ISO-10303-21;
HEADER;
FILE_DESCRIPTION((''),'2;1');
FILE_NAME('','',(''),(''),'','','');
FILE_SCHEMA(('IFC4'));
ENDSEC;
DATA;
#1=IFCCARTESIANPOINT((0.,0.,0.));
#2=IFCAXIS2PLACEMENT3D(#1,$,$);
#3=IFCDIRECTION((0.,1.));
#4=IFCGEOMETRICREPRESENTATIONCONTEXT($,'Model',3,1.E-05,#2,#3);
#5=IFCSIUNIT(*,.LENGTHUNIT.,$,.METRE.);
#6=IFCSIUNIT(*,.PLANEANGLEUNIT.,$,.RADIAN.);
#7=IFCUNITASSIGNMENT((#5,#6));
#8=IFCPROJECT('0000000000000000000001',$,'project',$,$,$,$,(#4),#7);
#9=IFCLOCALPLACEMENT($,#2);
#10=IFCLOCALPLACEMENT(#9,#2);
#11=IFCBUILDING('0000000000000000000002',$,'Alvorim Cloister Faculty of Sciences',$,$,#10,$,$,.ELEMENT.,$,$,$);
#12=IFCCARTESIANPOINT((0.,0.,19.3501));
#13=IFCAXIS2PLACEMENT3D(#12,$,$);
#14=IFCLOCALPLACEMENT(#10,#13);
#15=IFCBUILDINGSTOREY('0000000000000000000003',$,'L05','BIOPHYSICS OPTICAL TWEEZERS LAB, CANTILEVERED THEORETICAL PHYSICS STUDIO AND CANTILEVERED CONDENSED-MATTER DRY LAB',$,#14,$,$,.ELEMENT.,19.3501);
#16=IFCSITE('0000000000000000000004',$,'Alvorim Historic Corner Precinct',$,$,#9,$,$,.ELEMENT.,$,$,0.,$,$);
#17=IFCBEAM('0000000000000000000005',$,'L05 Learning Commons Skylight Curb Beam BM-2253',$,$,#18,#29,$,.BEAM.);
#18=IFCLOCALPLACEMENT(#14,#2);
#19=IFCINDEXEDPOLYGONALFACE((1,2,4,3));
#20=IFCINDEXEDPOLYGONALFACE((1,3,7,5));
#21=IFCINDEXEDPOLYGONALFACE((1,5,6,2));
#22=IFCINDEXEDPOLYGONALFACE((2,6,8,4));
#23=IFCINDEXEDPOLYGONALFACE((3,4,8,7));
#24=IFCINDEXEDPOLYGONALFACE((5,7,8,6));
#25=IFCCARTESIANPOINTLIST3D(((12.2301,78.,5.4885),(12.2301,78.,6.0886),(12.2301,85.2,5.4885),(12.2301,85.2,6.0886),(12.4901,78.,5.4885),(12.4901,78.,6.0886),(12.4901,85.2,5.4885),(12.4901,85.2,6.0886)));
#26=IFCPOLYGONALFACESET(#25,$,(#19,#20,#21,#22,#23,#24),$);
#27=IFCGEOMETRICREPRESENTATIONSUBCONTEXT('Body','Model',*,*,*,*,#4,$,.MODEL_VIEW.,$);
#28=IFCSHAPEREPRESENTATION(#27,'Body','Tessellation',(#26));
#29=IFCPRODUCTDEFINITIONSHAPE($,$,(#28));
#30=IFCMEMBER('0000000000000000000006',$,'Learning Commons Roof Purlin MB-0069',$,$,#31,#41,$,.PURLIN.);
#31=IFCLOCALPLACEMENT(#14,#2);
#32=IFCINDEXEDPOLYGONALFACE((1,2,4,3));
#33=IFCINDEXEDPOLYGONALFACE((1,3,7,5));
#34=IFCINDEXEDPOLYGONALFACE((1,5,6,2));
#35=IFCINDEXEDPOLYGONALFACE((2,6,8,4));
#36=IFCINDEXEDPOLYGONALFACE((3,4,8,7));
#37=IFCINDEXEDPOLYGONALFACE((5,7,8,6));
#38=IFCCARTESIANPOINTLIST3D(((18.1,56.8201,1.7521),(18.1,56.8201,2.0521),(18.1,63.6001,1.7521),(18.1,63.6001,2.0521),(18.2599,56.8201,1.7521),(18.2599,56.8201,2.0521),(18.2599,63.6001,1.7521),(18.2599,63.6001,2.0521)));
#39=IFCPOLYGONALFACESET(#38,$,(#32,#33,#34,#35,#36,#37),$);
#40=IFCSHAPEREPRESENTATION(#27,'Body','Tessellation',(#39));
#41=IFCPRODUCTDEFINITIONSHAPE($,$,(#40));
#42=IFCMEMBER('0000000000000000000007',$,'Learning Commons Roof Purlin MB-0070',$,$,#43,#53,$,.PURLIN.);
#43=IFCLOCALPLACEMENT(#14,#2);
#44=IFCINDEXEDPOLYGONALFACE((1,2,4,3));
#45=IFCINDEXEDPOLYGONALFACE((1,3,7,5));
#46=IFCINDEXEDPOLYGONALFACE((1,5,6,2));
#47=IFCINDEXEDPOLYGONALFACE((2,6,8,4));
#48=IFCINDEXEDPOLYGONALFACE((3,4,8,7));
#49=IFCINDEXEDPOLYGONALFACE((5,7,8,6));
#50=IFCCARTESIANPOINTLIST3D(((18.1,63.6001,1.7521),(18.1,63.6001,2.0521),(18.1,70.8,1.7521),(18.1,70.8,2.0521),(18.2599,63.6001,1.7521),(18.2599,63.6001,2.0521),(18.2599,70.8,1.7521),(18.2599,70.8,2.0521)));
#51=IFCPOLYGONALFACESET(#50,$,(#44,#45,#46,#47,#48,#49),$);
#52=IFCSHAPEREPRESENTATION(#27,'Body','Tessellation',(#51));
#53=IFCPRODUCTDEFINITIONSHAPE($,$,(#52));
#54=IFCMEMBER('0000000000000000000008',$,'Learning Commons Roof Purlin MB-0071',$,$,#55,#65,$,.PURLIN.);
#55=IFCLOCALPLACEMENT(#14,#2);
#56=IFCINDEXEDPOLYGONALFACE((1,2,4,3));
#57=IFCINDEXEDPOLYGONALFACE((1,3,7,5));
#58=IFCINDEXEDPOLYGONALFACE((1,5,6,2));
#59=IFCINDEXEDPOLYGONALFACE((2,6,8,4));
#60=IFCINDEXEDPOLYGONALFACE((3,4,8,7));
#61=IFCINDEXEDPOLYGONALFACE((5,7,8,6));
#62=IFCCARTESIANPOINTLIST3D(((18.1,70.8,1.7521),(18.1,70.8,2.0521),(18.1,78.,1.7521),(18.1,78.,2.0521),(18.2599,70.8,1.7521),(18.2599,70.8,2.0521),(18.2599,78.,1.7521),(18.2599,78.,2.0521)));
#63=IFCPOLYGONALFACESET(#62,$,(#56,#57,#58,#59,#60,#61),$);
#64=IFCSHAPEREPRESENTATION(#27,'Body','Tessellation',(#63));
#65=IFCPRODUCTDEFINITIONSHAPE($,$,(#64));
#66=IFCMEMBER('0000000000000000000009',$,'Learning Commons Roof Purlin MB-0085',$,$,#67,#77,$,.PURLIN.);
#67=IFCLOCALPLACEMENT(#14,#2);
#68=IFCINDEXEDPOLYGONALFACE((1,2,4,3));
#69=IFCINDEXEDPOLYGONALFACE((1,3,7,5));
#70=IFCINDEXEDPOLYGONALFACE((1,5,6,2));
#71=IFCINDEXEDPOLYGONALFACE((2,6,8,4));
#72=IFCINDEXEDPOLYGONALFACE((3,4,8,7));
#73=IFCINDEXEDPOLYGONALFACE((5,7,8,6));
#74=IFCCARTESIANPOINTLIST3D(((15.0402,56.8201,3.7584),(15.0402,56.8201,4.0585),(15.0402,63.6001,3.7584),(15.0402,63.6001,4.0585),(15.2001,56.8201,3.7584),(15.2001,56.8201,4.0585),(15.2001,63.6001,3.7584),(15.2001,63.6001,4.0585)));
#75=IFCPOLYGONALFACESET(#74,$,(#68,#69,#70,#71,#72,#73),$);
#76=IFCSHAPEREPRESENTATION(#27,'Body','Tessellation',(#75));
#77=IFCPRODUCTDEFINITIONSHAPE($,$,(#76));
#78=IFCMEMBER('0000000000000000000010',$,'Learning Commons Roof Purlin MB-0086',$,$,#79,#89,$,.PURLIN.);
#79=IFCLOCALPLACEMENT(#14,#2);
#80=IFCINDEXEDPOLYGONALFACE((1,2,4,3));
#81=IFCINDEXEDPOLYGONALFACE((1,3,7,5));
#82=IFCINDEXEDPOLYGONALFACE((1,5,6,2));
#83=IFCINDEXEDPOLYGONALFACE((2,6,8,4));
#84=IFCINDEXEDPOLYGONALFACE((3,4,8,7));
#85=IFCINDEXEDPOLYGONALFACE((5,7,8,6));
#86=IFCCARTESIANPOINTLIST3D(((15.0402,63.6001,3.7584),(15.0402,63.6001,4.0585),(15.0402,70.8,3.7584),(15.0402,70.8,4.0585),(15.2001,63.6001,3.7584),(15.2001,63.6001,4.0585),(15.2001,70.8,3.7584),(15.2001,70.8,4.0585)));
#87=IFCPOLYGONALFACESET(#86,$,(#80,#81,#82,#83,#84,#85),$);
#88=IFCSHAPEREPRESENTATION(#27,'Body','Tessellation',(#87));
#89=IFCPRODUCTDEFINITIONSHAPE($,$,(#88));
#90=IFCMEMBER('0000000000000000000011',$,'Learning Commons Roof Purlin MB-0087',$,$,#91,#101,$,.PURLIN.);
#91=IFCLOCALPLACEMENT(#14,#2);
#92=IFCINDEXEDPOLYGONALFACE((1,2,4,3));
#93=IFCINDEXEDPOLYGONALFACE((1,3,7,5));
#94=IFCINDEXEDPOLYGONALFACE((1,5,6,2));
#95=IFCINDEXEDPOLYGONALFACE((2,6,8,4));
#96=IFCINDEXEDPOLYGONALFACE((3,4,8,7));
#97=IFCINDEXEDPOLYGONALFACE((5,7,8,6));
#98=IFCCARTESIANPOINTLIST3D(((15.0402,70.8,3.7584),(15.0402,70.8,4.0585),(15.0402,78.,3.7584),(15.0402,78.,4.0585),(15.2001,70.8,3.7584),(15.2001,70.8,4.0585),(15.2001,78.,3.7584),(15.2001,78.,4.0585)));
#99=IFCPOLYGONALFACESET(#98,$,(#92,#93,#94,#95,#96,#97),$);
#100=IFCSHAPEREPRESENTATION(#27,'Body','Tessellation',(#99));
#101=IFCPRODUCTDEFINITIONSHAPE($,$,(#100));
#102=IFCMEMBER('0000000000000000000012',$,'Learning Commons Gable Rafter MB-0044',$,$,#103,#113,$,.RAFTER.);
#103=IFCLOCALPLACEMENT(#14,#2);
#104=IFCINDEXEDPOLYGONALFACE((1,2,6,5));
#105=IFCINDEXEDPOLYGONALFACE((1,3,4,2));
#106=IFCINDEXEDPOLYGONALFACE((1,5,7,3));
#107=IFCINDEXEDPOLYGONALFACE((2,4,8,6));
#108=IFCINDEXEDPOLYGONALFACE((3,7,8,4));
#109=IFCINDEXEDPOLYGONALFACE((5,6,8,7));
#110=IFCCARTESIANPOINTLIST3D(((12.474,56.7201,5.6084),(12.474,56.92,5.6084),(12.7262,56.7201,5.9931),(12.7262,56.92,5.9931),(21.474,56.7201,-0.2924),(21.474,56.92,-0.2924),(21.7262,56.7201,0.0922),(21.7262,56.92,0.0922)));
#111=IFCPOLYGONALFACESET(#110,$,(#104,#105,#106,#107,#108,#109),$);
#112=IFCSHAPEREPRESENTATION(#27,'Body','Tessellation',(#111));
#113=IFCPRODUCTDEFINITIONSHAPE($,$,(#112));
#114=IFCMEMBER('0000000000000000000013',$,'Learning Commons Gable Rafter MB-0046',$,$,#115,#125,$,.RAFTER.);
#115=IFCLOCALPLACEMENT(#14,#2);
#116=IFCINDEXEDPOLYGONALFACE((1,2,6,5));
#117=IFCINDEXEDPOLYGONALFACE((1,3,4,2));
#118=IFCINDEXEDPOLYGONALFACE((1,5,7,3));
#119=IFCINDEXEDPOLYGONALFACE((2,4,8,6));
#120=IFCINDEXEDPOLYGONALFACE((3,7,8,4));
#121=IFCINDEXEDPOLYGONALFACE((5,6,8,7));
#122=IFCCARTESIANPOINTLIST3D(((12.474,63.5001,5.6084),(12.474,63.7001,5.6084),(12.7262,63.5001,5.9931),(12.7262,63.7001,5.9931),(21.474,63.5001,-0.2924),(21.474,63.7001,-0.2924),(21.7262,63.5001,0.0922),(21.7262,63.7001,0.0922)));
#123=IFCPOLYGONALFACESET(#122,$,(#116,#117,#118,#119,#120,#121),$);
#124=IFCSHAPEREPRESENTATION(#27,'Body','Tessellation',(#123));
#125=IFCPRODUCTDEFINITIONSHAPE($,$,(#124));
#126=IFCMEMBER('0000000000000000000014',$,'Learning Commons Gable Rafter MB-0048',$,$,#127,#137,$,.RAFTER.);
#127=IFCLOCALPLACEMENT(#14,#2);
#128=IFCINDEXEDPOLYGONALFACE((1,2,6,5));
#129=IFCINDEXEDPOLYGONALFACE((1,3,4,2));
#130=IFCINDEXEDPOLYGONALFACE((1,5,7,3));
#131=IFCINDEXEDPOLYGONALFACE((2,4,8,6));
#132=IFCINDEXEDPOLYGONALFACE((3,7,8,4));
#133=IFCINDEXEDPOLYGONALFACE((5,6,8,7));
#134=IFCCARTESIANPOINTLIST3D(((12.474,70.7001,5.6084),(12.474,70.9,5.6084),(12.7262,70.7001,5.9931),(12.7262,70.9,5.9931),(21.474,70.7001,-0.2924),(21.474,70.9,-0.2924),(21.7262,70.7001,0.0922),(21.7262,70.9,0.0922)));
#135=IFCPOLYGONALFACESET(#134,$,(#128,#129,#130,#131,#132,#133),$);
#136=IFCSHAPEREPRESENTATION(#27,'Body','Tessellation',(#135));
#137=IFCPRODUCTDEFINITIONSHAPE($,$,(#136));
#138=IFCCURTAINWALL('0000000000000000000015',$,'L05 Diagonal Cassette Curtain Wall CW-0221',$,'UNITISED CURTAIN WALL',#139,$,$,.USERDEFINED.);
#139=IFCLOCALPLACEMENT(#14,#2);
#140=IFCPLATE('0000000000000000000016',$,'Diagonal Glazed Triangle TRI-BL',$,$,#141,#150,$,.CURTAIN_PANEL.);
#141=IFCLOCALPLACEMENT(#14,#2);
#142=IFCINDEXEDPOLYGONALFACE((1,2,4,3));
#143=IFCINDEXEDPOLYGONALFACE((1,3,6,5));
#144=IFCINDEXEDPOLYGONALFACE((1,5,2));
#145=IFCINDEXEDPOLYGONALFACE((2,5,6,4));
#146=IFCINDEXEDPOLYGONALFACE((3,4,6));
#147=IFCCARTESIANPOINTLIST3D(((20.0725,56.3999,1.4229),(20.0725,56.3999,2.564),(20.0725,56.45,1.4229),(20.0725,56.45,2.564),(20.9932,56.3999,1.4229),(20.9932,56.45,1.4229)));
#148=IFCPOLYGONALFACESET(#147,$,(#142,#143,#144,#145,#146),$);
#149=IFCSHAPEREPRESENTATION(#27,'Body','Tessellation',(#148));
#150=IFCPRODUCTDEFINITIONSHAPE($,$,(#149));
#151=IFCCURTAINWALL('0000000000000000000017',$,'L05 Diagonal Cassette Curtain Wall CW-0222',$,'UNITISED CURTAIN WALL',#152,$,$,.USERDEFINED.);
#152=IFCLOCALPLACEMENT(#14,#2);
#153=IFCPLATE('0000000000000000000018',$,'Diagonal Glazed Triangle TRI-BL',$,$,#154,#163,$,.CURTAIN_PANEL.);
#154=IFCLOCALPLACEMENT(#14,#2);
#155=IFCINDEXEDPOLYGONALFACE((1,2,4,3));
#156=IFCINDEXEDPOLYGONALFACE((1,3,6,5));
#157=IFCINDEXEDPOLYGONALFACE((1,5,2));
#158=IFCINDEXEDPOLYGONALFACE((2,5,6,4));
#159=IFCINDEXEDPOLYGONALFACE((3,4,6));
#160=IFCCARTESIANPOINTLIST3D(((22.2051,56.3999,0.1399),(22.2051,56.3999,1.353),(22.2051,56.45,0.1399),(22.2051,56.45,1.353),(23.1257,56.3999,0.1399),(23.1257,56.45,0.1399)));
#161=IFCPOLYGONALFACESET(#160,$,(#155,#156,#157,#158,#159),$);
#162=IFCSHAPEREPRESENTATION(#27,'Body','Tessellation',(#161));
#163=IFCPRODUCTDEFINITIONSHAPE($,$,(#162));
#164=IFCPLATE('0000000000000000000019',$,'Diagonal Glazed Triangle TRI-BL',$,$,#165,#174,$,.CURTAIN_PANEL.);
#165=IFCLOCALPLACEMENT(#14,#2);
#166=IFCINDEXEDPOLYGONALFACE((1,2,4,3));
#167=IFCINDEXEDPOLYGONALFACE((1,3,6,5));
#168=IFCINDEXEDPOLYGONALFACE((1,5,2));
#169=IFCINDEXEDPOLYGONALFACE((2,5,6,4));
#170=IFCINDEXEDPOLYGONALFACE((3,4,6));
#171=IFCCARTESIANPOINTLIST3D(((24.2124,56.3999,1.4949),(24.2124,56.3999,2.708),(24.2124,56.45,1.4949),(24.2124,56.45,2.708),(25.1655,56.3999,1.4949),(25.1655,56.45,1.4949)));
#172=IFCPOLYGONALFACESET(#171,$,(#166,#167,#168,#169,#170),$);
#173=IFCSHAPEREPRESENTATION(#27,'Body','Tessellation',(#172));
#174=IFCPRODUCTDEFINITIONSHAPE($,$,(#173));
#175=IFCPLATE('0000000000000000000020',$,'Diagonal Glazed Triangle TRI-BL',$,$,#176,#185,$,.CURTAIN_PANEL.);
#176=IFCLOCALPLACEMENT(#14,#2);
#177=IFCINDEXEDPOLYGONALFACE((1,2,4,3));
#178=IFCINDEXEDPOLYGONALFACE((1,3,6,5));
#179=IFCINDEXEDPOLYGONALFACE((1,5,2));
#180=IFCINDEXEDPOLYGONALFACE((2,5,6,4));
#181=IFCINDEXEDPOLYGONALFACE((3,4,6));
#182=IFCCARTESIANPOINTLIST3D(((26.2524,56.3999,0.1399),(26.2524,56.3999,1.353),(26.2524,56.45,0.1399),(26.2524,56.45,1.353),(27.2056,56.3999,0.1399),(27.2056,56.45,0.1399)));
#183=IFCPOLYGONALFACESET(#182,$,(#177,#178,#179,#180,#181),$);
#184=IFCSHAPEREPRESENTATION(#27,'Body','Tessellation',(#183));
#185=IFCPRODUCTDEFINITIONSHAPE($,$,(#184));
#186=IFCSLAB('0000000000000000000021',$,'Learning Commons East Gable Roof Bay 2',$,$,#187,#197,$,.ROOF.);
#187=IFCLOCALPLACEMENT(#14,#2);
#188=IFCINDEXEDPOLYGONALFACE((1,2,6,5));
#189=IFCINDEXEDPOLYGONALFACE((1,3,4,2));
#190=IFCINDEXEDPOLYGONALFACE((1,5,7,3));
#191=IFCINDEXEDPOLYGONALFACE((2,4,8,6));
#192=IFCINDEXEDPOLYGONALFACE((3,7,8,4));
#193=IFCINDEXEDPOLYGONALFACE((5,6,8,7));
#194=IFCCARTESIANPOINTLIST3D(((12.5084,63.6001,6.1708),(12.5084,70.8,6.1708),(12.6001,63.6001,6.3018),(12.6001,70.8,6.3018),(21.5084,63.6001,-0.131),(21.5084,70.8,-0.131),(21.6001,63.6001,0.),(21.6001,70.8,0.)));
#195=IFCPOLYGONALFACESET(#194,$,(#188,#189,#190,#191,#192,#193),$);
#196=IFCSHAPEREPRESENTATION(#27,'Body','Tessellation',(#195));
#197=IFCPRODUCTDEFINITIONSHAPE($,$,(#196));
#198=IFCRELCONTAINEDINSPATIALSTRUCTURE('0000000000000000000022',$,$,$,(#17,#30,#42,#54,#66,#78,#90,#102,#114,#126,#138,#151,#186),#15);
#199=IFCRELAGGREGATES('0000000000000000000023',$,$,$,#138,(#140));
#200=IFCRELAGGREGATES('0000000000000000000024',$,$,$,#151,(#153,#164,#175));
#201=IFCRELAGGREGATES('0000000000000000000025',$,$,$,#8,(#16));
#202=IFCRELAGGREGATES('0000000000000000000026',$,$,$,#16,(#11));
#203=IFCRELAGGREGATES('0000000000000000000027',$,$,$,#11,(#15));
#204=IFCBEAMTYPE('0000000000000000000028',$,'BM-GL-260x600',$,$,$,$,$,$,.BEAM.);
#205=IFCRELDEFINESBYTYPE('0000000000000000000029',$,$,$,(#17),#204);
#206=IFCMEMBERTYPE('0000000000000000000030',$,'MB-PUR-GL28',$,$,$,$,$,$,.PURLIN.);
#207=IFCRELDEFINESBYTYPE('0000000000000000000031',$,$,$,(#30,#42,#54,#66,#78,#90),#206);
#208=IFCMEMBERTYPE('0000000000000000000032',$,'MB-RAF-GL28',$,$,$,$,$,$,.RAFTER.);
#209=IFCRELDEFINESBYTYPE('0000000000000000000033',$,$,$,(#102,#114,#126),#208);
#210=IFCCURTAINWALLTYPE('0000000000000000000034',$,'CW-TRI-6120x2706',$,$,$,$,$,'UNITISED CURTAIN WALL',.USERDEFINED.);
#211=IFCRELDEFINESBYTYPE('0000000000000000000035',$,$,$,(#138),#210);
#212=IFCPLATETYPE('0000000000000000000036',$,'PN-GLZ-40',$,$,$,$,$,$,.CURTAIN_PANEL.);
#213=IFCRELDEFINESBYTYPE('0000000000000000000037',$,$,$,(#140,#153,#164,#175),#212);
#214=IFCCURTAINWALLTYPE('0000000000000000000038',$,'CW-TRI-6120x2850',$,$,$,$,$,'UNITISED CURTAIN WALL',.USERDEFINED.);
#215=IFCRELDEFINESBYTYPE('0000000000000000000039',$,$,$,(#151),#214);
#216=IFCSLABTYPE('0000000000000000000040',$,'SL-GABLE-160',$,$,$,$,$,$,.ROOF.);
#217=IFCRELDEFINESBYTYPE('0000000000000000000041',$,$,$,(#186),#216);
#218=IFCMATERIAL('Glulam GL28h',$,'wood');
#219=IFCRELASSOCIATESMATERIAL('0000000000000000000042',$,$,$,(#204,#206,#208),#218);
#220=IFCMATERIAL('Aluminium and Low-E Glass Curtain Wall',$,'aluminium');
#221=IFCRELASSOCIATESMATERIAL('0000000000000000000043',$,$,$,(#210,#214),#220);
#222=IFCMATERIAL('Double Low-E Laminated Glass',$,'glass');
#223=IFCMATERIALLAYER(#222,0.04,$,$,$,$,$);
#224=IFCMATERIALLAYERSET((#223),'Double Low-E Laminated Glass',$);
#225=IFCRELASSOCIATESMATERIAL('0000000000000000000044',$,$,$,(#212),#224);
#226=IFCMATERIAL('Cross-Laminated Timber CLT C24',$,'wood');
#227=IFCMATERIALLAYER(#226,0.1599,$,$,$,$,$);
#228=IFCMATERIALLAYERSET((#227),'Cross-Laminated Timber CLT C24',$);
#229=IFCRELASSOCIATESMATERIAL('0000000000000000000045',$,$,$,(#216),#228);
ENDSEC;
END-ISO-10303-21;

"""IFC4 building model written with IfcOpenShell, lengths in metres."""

from ifc_helpers import new_model, si_unit, direction, frame, origin, origin_2d, place, context, subcontext, project, spatial, polyline, rectangle, outline, extrude, material, layer, layer_set, material_profile, profile_set, type_object, element, aggregate, save


model = new_model("IFC4")

# Units and contexts
model_context = context("Model", 3, precision=1e-05, world=origin(), true_north=direction((0.0, 1.0)))
body_context = subcontext(model_context, "Body", "Model", "MODEL_VIEW")
ifc_project = project(units=[si_unit("LENGTHUNIT", "METRE"), si_unit("PLANEANGLEUNIT", "RADIAN")], contexts=[model_context])

# Site, building, storey
site_placement = place(None, origin())
site = spatial("IfcSite", under=ifc_project, at=site_placement, Name="Alvorim Historic Corner Precinct", CompositionType="ELEMENT", RefElevation=0.0)
building_placement = place(site_placement, origin())
building = spatial("IfcBuilding", under=site, at=building_placement, Name="Alvorim Cloister Faculty of Sciences", CompositionType="ELEMENT")
storey_placement = place(building_placement, frame((0.0, 0.0, 19.3501)))
storey = spatial("IfcBuildingStorey", under=building, at=storey_placement, Name="L05", Description="BIOPHYSICS OPTICAL TWEEZERS LAB, CANTILEVERED THEORETICAL PHYSICS STUDIO AND CANTILEVERED CONDENSED-MATTER DRY LAB", CompositionType="ELEMENT", Elevation=19.3501)

# Beam
ifc_material_1 = material(Name="Glulam GL28h", Category="wood")
ifc_material_profile_1 = material_profile(ifc_material_1, rectangle(XDim=0.26, YDim=0.6001, at=origin_2d()), Name="GL28-BM-260x600")
ifc_profile_set_1 = profile_set([ifc_material_profile_1], Name="Glulam GL28h")
beam_type = type_object("IfcBeamType", Name="BM-GL-260x600", PredefinedType="BEAM", material=ifc_profile_set_1)
beam_placement = place(storey_placement, frame((12.3601, 78.0, 5.7886), z_axis=(0.0, 1.0, 0.0), x_axis=(-1.0, 0.0, 0.0)))
element("IfcBeam", 1, at=beam_placement, inside=storey, type_object=beam_type, Name="L05 Learning Commons Skylight Curb Beam BM-2253", PredefinedType="BEAM", context=body_context, shape_type="SweptSolid", body=[
    extrude(rectangle(XDim=0.26, YDim=0.6001, at=origin_2d()), origin(), (0.0, 0.0, 1.0), 7.2),
])

# Members
ifc_material_profile_2 = material_profile(ifc_material_1, rectangle(XDim=0.1599, YDim=0.3, at=origin_2d()), Name="GL28-PUR-160x300")
ifc_profile_set_2 = profile_set([ifc_material_profile_2], Name="Glulam GL28h")
member_type_1 = type_object("IfcMemberType", Name="MB-PUR-GL28", PredefinedType="PURLIN", material=ifc_profile_set_2)
member_1_placement = place(storey_placement, frame((18.1799, 56.8201, 1.9021), z_axis=(0.0, 1.0, 0.0), x_axis=(-1.0, 0.0, 0.0)))
element("IfcMember", 2, at=member_1_placement, inside=storey, type_object=member_type_1, Name="Learning Commons Roof Purlin MB-0069", PredefinedType="PURLIN", context=body_context, shape_type="SweptSolid", body=[
    extrude(rectangle(XDim=0.1599, YDim=0.3, at=origin_2d()), origin(), (0.0, 0.0, 1.0), 6.78),
])
for number, where, z_axis, x_axis, name in (
    (3, (18.1799, 63.6001, 1.9021), (0.0, 1.0, 0.0), (-1.0, 0.0, 0.0), "Learning Commons Roof Purlin MB-0070"),
    (4, (18.1799, 70.8, 1.9021), (0.0, 1.0, 0.0), (-1.0, 0.0, 0.0), "Learning Commons Roof Purlin MB-0071"),
):
    element("IfcMember", number, at=place(storey_placement, frame(where, z_axis=z_axis, x_axis=x_axis)), inside=storey, type_object=member_type_1, Name=name, PredefinedType="PURLIN", context=body_context, shape_type="SweptSolid", body=[
        extrude(rectangle(XDim=0.1599, YDim=0.3, at=origin_2d()), origin(), (0.0, 0.0, 1.0), 7.2),
    ])
member_2_placement = place(storey_placement, frame((15.1201, 56.8201, 3.9084), z_axis=(0.0, 1.0, 0.0), x_axis=(-1.0, 0.0, 0.0)))
element("IfcMember", 5, at=member_2_placement, inside=storey, type_object=member_type_1, Name="Learning Commons Roof Purlin MB-0085", PredefinedType="PURLIN", context=body_context, shape_type="SweptSolid", body=[
    extrude(rectangle(XDim=0.1599, YDim=0.3, at=origin_2d()), origin(), (0.0, 0.0, 1.0), 6.78),
])
for number, where, z_axis, x_axis, name in (
    (6, (15.1201, 63.6001, 3.9084), (0.0, 1.0, 0.0), (-1.0, 0.0, 0.0), "Learning Commons Roof Purlin MB-0086"),
    (7, (15.1201, 70.8, 3.9084), (0.0, 1.0, 0.0), (-1.0, 0.0, 0.0), "Learning Commons Roof Purlin MB-0087"),
):
    element("IfcMember", number, at=place(storey_placement, frame(where, z_axis=z_axis, x_axis=x_axis)), inside=storey, type_object=member_type_1, Name=name, PredefinedType="PURLIN", context=body_context, shape_type="SweptSolid", body=[
        extrude(rectangle(XDim=0.1599, YDim=0.3, at=origin_2d()), origin(), (0.0, 0.0, 1.0), 7.2),
    ])
ifc_material_profile_3 = material_profile(ifc_material_1, rectangle(XDim=0.2, YDim=0.46, at=origin_2d()), Name="GL28-RAF-200x460")
ifc_profile_set_3 = profile_set([ifc_material_profile_3], Name="Glulam GL28h")
member_type_2 = type_object("IfcMemberType", Name="MB-RAF-GL28", PredefinedType="RAFTER", material=ifc_profile_set_3)
for number, where, z_axis, x_axis, name in (
    (8, (21.6001, 56.8201, -0.1001), (-0.836277, 0.0, 0.548308), (0.0, -1.0, 0.0), "Learning Commons Gable Rafter MB-0044"),
    (9, (21.6001, 63.6001, -0.1001), (-0.836277, 0.0, 0.548308), (0.0, -1.0, 0.0), "Learning Commons Gable Rafter MB-0046"),
    (10, (21.6001, 70.8, -0.1001), (-0.836277, 0.0, 0.548308), (0.0, -1.0, 0.0), "Learning Commons Gable Rafter MB-0048"),
):
    element("IfcMember", number, at=place(storey_placement, frame(where, z_axis=z_axis, x_axis=x_axis)), inside=storey, type_object=member_type_2, Name=name, PredefinedType="RAFTER", context=body_context, shape_type="SweptSolid", body=[
        extrude(rectangle(XDim=0.2, YDim=0.46, at=origin_2d()), origin(), (0.0, 0.0, 1.0), 10.762),
    ])

# Curtain walls, plates
ifc_material_2 = material(Name="Aluminium and Low-E Glass Curtain Wall", Category="aluminium")
curtain_wall_type_1 = type_object("IfcCurtainWallType", Name="CW-TRI-6120x2706", ElementType="UNITISED CURTAIN WALL", PredefinedType="USERDEFINED", material=ifc_material_2)
curtain_wall_1_placement = place(storey_placement, origin())
curtain_wall_1 = element("IfcCurtainWall", 11, at=curtain_wall_1_placement, inside=storey, type_object=curtain_wall_type_1, Name="L05 Diagonal Cassette Curtain Wall CW-0221", ObjectType="UNITISED CURTAIN WALL", PredefinedType="USERDEFINED")
ifc_material_3 = material(Name="Double Low-E Laminated Glass", Category="glass")
ifc_layer_1 = layer(ifc_material_3, 0.04)
ifc_layer_set_1 = layer_set([ifc_layer_1], Name="Double Low-E Laminated Glass")
plate_type = type_object("IfcPlateType", Name="PN-GLZ-40", PredefinedType="CURTAIN_PANEL", material=ifc_layer_set_1)
plate_1_placement = place(storey_placement, frame((20.0725, 56.425, 1.4229), z_axis=(0.0, 0.0, 1.0), x_axis=(1.0, 0.0, 0.0)))
plate_1 = element("IfcPlate", 12, at=plate_1_placement, type_object=plate_type, Name="Diagonal Glazed Triangle TRI-BL", PredefinedType="CURTAIN_PANEL", context=body_context, shape_type="SweptSolid", body=[
    extrude(outline(polyline([(0.0, 0.0), (0.9207, 0.0), (0.0, 1.1411), (0.0, 0.0)])), frame((0.0, 0.0249, 0.0), z_axis=(0.0, -1.0, 0.0), x_axis=(1.0, 0.0, 0.0)), (0.0, 0.0, 1.0), 0.05),
])
aggregate(curtain_wall_1, [plate_1])
curtain_wall_type_2 = type_object("IfcCurtainWallType", Name="CW-TRI-6120x2850", ElementType="UNITISED CURTAIN WALL", PredefinedType="USERDEFINED", material=ifc_material_2)
curtain_wall_2_placement = place(storey_placement, origin())
curtain_wall_2 = element("IfcCurtainWall", 13, at=curtain_wall_2_placement, inside=storey, type_object=curtain_wall_type_2, Name="L05 Diagonal Cassette Curtain Wall CW-0222", ObjectType="UNITISED CURTAIN WALL", PredefinedType="USERDEFINED")
plate_2_placement = place(storey_placement, frame((22.2051, 56.425, 0.1399), z_axis=(0.0, 0.0, 1.0), x_axis=(1.0, 0.0, 0.0)))
plate_2 = element("IfcPlate", 14, at=plate_2_placement, type_object=plate_type, Name="Diagonal Glazed Triangle TRI-BL", PredefinedType="CURTAIN_PANEL", context=body_context, shape_type="SweptSolid", body=[
    extrude(outline(polyline([(0.0, 0.0), (0.9207, 0.0), (0.0, 1.2131), (0.0, 0.0)])), frame((0.0, 0.0249, 0.0), z_axis=(0.0, -1.0, 0.0), x_axis=(1.0, 0.0, 0.0)), (0.0, 0.0, 1.0), 0.05),
])
plate_3_placement = place(storey_placement, frame((24.2124, 56.425, 1.4949), z_axis=(0.0, 0.0, 1.0), x_axis=(1.0, 0.0, 0.0)))
plate_3 = element("IfcPlate", 15, at=plate_3_placement, type_object=plate_type, Name="Diagonal Glazed Triangle TRI-BL", PredefinedType="CURTAIN_PANEL", context=body_context, shape_type="SweptSolid", body=[
    extrude(outline(polyline([(0.0, 0.0), (0.9531, 0.0), (0.0, 1.2131), (0.0, 0.0)])), frame((0.0, 0.0249, 0.0), z_axis=(0.0, -1.0, 0.0), x_axis=(1.0, 0.0, 0.0)), (0.0, 0.0, 1.0), 0.05),
])
plate_4_placement = place(storey_placement, frame((26.2524, 56.425, 0.1399), z_axis=(0.0, 0.0, 1.0), x_axis=(1.0, 0.0, 0.0)))
plate_4 = element("IfcPlate", 16, at=plate_4_placement, type_object=plate_type, Name="Diagonal Glazed Triangle TRI-BL", PredefinedType="CURTAIN_PANEL", context=body_context, shape_type="SweptSolid", body=[
    extrude(outline(polyline([(0.0, 0.0), (0.9531, 0.0), (0.0, 1.2131), (0.0, 0.0)])), frame((0.0, 0.0249, 0.0), z_axis=(0.0, -1.0, 0.0), x_axis=(1.0, 0.0, 0.0)), (0.0, 0.0, 1.0), 0.05),
])
aggregate(curtain_wall_2, [plate_2, plate_3, plate_4])

# Slab
ifc_material_4 = material(Name="Cross-Laminated Timber CLT C24", Category="wood")
ifc_layer_2 = layer(ifc_material_4, 0.1599)
ifc_layer_set_2 = layer_set([ifc_layer_2], Name="Cross-Laminated Timber CLT C24")
slab_type = type_object("IfcSlabType", Name="SL-GABLE-160", PredefinedType="ROOF", material=ifc_layer_set_2)
for number, where, z_axis, x_axis, name in (
    (17, (12.6001, 63.6001, 6.3018), (0.57357, 0.0, 0.819157), (0.819157, 0.0, -0.57357), "Learning Commons East Gable Roof Bay 2"),
):
    element("IfcSlab", number, at=place(storey_placement, frame(where, z_axis=z_axis, x_axis=x_axis)), inside=storey, type_object=slab_type, Name=name, PredefinedType="ROOF", context=body_context, shape_type="SweptSolid", body=[
        extrude(outline(polyline([(0.0, 0.0), (10.9869, 0.0), (10.9869, 7.2), (0.0, 7.2), (0.0, 0.0)])), origin(), (0.0, 0.0, -1.0), 0.1599),
    ])

save(model, "model.ifc")
